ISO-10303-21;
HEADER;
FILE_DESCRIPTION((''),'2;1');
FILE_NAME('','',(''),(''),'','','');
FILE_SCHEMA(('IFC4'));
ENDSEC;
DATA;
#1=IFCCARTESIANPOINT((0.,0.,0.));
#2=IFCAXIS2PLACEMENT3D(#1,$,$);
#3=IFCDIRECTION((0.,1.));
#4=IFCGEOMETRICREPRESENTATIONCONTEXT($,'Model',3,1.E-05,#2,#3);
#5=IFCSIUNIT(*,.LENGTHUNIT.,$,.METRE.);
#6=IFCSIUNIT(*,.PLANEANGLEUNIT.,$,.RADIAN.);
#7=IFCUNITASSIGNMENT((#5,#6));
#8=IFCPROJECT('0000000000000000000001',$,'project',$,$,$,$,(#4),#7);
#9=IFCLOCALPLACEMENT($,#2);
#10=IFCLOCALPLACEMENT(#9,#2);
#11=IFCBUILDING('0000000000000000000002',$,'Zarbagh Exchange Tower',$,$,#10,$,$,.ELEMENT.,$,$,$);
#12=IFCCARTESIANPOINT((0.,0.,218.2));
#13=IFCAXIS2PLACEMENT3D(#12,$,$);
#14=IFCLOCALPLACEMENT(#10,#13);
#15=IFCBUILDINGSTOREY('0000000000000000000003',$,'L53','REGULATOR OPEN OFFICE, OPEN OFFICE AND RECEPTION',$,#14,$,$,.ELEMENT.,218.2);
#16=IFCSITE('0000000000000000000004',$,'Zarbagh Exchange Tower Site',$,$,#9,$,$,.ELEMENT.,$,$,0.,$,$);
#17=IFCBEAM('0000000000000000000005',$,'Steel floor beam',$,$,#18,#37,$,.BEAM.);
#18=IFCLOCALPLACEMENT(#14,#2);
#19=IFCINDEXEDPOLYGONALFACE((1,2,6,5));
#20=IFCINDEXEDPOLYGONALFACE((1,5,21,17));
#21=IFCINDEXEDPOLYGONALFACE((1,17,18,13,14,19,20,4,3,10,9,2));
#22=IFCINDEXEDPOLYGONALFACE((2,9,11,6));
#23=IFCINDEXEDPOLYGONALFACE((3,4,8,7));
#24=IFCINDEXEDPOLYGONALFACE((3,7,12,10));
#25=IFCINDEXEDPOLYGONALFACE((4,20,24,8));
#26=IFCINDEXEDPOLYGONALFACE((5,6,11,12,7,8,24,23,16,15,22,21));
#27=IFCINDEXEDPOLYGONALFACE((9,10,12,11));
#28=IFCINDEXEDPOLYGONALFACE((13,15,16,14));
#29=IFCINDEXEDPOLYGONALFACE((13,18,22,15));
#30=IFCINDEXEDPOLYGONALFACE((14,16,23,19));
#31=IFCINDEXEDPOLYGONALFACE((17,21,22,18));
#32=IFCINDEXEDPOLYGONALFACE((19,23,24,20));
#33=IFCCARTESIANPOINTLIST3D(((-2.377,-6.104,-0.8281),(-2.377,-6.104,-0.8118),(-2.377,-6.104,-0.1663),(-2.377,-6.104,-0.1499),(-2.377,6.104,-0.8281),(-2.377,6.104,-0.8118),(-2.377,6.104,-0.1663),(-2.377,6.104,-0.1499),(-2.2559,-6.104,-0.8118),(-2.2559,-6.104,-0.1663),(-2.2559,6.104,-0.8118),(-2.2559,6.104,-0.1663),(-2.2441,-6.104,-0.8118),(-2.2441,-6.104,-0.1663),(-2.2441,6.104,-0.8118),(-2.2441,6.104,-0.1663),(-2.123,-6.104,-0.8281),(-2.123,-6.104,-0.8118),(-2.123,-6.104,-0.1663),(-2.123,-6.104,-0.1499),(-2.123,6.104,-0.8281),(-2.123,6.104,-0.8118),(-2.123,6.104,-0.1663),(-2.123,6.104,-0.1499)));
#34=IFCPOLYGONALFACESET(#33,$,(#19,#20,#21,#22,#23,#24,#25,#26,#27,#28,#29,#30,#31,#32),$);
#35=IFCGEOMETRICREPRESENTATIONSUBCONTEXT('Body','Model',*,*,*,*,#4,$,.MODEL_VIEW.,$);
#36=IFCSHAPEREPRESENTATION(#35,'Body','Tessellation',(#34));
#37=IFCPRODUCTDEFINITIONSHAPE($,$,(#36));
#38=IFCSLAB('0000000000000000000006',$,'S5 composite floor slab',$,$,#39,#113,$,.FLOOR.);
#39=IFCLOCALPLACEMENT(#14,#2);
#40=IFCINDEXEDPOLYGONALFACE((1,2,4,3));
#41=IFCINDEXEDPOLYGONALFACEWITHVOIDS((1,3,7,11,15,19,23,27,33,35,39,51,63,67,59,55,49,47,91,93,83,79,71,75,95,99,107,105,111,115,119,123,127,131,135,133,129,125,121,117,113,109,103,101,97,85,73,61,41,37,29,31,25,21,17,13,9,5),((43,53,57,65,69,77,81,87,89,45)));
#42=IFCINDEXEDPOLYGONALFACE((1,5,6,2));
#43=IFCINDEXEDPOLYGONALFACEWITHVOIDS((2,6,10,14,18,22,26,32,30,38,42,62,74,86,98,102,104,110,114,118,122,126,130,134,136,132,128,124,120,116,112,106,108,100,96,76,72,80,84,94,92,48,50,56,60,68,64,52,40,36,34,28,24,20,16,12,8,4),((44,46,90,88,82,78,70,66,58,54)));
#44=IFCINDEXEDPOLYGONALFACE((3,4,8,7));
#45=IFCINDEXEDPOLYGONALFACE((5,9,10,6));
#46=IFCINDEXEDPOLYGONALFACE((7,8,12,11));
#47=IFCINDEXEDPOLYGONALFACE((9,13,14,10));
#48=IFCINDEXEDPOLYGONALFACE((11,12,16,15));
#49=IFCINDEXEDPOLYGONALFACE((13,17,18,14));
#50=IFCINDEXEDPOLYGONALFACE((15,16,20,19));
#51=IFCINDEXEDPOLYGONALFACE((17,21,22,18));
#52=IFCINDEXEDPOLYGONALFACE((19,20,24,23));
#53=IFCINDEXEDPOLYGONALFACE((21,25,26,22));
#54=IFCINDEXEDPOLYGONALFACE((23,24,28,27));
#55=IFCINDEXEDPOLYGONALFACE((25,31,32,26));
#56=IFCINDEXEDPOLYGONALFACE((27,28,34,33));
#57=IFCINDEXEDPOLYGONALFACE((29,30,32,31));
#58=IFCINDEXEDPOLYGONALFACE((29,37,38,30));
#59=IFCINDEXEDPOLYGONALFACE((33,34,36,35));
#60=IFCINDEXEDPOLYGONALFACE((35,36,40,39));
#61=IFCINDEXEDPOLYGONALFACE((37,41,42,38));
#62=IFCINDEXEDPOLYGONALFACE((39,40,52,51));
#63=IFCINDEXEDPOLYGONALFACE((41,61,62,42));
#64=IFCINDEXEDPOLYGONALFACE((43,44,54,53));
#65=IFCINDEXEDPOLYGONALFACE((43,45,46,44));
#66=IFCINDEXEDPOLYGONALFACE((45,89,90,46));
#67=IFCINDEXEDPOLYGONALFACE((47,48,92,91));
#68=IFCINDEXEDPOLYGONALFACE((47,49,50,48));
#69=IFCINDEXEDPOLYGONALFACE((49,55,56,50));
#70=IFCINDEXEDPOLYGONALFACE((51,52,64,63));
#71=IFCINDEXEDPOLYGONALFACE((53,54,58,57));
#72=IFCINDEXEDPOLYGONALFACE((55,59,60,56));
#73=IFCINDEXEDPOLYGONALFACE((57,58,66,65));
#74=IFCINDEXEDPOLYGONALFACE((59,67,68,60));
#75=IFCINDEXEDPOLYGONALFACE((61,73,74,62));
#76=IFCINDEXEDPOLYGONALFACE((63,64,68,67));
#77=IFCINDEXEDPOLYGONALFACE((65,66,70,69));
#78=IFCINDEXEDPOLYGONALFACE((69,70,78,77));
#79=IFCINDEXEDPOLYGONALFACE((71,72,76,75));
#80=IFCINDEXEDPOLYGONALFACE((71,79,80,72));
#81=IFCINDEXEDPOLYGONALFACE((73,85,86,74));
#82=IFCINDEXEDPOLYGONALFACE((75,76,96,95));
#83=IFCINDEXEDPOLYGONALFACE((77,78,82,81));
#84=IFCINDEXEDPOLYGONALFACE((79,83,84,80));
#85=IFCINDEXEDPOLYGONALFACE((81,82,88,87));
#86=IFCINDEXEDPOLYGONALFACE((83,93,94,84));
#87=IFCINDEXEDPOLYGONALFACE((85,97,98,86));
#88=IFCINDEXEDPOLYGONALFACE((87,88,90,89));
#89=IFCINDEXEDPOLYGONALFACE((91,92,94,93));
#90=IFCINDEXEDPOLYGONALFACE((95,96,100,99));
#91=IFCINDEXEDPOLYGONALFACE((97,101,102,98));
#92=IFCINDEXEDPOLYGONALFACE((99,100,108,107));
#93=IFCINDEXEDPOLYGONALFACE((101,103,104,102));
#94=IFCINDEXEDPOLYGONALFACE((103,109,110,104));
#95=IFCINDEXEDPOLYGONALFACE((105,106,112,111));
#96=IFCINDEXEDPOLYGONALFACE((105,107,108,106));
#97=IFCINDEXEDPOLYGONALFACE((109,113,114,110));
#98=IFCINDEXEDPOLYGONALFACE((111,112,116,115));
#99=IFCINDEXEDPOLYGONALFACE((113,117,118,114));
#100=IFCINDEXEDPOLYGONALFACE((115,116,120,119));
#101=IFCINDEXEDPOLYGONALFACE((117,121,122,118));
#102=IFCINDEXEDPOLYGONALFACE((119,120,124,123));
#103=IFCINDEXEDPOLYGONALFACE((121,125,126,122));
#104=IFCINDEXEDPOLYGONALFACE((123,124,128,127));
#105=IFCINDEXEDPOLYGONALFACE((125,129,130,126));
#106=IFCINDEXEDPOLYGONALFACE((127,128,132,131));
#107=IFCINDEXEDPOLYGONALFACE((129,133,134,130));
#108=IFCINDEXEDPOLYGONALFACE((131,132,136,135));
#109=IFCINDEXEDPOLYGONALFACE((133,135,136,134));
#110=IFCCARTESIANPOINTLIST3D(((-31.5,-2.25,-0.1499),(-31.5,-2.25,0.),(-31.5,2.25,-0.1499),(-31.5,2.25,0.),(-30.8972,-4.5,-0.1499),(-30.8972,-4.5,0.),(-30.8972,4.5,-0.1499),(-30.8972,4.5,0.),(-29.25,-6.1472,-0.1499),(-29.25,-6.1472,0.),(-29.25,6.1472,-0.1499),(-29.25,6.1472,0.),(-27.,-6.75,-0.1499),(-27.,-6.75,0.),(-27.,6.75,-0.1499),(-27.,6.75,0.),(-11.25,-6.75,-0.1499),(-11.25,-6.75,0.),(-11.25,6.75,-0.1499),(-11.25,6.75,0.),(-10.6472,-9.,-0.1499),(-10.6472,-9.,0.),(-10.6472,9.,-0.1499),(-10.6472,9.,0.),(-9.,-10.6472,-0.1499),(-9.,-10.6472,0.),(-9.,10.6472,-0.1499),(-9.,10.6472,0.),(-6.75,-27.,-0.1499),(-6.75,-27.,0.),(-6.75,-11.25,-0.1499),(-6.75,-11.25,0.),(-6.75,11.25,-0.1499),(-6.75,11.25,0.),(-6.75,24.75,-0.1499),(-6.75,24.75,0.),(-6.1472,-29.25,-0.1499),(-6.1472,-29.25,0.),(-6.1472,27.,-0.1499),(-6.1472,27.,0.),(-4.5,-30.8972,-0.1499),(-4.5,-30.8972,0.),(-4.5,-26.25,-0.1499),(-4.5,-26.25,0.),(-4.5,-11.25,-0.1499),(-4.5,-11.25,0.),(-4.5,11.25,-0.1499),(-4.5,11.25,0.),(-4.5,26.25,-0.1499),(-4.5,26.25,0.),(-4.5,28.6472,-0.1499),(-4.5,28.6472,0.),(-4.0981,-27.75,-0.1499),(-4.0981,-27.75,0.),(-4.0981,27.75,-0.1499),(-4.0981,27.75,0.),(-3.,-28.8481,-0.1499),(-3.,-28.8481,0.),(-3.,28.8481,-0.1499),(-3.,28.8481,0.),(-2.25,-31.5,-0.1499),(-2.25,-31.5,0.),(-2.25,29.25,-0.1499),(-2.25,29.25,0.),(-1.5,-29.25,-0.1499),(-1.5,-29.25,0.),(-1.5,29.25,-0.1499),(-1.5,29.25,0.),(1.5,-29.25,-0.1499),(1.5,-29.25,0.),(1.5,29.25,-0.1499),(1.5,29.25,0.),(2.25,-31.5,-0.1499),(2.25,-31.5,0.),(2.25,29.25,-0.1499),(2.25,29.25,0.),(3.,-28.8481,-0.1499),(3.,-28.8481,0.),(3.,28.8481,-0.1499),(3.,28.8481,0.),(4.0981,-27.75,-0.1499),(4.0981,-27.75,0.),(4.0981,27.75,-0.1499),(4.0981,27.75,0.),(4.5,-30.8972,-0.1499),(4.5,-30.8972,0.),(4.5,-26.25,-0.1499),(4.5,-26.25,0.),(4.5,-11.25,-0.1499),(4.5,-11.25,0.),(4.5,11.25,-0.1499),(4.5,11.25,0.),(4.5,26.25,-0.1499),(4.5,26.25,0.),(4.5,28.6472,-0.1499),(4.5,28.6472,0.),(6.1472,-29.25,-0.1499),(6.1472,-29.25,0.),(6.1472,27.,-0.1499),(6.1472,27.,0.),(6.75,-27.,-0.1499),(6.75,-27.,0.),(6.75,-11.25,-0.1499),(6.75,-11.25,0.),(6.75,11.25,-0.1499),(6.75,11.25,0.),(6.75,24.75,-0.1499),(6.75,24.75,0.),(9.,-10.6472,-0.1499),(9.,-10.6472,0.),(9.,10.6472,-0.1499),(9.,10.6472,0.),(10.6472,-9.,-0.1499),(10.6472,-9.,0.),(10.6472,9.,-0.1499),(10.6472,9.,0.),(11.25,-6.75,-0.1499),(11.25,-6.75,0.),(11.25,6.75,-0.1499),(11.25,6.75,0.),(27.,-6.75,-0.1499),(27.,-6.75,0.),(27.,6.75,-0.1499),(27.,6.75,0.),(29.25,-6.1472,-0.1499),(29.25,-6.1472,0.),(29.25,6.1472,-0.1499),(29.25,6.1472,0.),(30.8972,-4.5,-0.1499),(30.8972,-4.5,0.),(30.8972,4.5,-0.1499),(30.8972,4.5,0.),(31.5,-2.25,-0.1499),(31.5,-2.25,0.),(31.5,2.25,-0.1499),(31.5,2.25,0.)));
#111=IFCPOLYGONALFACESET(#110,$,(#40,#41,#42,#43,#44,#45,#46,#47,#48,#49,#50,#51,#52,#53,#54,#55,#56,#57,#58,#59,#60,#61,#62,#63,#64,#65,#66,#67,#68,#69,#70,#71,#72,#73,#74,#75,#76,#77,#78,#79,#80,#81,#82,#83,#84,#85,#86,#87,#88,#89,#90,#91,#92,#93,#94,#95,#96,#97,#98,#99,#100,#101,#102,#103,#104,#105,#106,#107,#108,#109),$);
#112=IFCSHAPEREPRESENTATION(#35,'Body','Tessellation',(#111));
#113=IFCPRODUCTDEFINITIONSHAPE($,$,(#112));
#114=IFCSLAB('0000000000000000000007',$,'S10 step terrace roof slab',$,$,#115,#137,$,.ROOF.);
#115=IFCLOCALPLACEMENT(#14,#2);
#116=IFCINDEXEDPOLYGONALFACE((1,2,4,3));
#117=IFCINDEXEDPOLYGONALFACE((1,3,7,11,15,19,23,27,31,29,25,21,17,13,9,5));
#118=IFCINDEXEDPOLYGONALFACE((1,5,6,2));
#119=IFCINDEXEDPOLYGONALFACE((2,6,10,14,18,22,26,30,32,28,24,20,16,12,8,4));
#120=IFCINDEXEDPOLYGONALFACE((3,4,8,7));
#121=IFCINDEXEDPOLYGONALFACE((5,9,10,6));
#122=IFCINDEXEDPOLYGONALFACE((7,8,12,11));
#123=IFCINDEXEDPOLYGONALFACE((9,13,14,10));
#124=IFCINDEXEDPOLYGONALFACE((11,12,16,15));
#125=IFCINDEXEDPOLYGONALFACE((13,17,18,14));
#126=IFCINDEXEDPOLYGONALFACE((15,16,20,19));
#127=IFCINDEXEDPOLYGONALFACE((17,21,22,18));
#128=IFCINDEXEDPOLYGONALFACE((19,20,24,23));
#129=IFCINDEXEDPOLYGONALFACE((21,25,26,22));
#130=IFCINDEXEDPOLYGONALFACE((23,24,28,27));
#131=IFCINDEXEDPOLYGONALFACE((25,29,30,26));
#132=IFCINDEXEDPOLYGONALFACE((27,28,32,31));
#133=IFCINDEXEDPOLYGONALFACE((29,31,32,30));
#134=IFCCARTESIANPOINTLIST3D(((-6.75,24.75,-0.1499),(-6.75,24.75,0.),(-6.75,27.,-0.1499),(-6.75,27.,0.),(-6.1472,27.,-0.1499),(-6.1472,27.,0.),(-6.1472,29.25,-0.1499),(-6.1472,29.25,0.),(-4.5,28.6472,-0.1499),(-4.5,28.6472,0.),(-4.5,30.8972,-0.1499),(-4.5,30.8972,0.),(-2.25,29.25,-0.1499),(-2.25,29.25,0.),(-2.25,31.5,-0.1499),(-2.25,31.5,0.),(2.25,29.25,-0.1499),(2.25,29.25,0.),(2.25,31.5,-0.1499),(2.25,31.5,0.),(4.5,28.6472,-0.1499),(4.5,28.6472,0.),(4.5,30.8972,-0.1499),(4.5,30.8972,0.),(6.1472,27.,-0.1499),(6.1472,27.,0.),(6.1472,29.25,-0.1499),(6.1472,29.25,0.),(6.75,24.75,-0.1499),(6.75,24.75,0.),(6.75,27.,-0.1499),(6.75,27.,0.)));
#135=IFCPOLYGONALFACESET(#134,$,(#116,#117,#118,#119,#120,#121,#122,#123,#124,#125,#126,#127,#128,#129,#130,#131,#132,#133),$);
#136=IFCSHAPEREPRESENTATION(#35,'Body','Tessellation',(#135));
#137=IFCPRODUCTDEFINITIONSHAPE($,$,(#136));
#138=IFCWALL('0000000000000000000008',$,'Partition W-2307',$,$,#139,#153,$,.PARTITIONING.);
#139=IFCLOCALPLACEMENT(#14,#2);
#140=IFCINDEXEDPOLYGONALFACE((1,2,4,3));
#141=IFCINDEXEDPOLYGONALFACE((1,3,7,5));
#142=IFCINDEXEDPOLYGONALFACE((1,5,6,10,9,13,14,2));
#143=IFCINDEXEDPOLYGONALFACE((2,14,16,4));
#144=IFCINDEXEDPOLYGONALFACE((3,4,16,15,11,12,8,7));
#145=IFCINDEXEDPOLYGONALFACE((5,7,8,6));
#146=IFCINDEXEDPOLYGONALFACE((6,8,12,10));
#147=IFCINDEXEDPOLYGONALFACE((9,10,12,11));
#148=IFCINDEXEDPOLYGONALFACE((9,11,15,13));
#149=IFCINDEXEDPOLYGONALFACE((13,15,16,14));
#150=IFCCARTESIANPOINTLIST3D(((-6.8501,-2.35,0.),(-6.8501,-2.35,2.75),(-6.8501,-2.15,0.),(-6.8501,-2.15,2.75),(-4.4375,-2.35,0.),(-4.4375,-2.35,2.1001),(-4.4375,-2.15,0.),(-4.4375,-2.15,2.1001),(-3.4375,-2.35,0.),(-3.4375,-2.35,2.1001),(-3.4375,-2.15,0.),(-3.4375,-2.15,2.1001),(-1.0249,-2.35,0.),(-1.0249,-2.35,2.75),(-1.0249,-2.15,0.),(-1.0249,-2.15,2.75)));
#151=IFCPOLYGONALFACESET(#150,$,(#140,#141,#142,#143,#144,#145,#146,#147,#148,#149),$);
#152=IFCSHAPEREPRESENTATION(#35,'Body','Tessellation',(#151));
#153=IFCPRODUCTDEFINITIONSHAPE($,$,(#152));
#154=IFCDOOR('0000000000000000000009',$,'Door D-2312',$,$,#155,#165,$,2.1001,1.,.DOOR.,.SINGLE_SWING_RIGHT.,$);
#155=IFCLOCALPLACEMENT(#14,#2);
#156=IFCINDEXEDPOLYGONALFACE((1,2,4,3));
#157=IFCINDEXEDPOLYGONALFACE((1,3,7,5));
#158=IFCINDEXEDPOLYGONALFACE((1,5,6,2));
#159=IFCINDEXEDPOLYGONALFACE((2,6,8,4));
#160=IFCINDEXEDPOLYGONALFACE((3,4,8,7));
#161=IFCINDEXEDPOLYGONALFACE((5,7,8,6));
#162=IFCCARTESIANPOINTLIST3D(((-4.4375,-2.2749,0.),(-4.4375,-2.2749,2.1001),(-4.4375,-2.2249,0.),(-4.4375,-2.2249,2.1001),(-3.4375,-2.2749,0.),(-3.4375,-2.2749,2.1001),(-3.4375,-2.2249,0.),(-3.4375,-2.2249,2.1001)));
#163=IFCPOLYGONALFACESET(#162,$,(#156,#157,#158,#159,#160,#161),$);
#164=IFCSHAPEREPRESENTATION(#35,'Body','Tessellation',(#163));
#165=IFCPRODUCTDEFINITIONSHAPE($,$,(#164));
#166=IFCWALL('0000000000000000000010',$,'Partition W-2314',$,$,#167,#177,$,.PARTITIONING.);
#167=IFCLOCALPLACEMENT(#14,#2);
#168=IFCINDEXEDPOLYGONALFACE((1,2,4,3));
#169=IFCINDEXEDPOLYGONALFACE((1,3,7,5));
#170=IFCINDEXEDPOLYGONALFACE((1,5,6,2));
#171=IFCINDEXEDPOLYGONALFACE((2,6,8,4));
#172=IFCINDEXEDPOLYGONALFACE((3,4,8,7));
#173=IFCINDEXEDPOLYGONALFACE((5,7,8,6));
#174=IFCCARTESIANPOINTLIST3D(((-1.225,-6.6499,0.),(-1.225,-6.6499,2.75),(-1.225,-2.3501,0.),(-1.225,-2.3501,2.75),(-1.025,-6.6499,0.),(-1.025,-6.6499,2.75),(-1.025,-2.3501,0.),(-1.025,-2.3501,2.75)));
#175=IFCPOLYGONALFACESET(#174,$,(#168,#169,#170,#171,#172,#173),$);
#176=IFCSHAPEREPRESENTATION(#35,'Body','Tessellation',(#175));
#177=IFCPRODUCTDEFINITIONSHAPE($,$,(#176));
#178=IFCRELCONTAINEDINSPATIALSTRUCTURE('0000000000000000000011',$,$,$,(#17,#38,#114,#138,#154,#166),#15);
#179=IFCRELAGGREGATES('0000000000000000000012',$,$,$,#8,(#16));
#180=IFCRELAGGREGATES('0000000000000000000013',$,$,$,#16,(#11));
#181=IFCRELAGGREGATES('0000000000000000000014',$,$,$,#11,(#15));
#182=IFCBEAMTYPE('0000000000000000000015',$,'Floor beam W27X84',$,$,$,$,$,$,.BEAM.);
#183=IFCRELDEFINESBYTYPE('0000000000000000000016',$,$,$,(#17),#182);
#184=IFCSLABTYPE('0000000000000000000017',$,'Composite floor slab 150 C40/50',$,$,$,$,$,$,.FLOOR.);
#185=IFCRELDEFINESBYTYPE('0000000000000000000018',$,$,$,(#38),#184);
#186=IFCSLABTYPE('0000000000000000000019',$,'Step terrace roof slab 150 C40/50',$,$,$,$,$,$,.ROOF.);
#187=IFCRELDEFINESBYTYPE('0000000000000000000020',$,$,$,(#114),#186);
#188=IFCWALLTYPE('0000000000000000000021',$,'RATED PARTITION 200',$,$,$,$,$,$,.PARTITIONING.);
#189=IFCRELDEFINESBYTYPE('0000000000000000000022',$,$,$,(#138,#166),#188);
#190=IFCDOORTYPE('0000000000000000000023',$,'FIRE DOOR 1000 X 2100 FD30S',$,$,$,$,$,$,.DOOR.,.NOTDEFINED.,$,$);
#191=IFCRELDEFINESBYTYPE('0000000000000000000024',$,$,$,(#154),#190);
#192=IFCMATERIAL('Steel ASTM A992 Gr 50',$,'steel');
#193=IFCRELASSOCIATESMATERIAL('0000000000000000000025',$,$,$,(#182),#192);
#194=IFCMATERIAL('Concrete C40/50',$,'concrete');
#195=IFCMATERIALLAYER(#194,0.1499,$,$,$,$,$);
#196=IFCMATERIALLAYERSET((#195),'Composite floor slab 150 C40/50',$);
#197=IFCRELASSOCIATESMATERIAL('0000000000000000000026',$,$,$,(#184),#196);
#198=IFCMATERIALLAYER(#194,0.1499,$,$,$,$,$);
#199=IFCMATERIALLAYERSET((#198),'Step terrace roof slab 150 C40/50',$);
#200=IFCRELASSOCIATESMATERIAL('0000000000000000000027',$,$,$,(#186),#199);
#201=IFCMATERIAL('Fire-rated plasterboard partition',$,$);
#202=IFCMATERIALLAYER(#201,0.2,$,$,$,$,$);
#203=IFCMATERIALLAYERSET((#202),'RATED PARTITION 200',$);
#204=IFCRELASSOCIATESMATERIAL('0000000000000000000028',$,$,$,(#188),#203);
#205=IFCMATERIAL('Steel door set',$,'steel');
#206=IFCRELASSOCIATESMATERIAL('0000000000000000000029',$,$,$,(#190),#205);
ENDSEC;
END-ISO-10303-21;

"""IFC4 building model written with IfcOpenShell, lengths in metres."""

from ifc_helpers import new_model, si_unit, direction, frame, frame_2d, origin, origin_2d, place, context, subcontext, project, spatial, polyline, rectangle, i_section, outline, extrude, material, layer, layer_set, material_profile, profile_set, type_object, element, fill, save


model = new_model("IFC4")

# Units and contexts
model_context = context("Model", 3, precision=1e-05, world=origin(), true_north=direction((0.0, 1.0)))
body_context = subcontext(model_context, "Body", "Model", "MODEL_VIEW")
ifc_project = project(units=[si_unit("LENGTHUNIT", "METRE"), si_unit("PLANEANGLEUNIT", "RADIAN")], contexts=[model_context])

# Site, building, storey
site_placement = place(None, origin())
site = spatial("IfcSite", under=ifc_project, at=site_placement, Name="Zarbagh Exchange Tower Site", CompositionType="ELEMENT", RefElevation=0.0)
building_placement = place(site_placement, origin())
building = spatial("IfcBuilding", under=site, at=building_placement, Name="Zarbagh Exchange Tower", CompositionType="ELEMENT")
storey_placement = place(building_placement, frame((0.0, 0.0, 218.2)))
storey = spatial("IfcBuildingStorey", under=building, at=storey_placement, Name="L53", Description="REGULATOR OPEN OFFICE, OPEN OFFICE AND RECEPTION", CompositionType="ELEMENT", Elevation=218.2)

# Beam
ifc_material_1 = material(Name="Steel ASTM A992 Gr 50", Category="steel")
ifc_material_profile = material_profile(ifc_material_1, i_section(OverallWidth=0.2539, OverallDepth=0.6782, WebThickness=0.0117, FlangeThickness=0.0164, at=origin_2d()), Name="W27X84")
ifc_profile_set = profile_set([ifc_material_profile], Name="Steel ASTM A992 Gr 50")
beam_type = type_object("IfcBeamType", Name="Floor beam W27X84", PredefinedType="BEAM", material=ifc_profile_set)
beam_placement = place(storey_placement, frame((-2.25, -6.104, -0.489), z_axis=(0.0, 1.0, 0.0), x_axis=(-1.0, 0.0, 0.0)))
element("IfcBeam", 1, at=beam_placement, inside=storey, type_object=beam_type, Name="Steel floor beam", PredefinedType="BEAM", context=body_context, shape_type="SweptSolid", body=[
    extrude(i_section(OverallWidth=0.2539, OverallDepth=0.6782, WebThickness=0.0117, FlangeThickness=0.0164, at=origin_2d()), origin(), (0.0, 0.0, 1.0), 12.208),
])

# Slabs
ifc_material_2 = material(Name="Concrete C40/50", Category="concrete")
ifc_layer_1 = layer(ifc_material_2, 0.1499)
ifc_layer_set_1 = layer_set([ifc_layer_1], Name="Composite floor slab 150 C40/50")
slab_type_1 = type_object("IfcSlabType", Name="Composite floor slab 150 C40/50", PredefinedType="FLOOR", material=ifc_layer_set_1)
slab_1_placement = place(storey_placement, frame((0.0, 0.0, -0.1499)))
element("IfcSlab", 2, at=slab_1_placement, inside=storey, type_object=slab_type_1, Name="S5 composite floor slab", PredefinedType="FLOOR", context=body_context, shape_type="SweptSolid", body=[
    extrude(outline(polyline([(-2.25, -31.5), (-4.5, -30.8972), (-6.1472, -29.25), (-6.75, -27.0), (-6.75, -11.25), (-9.0, -10.6472), (-10.6472, -9.0), (-11.25, -6.75), (-27.0, -6.75), (-29.25, -6.1472), (-30.8972, -4.5), (-31.5, -2.25), (-31.5, 2.25), (-30.8972, 4.5), (-29.25, 6.1472), (-27.0, 6.75), (-11.25, 6.75), (-10.6472, 9.0), (-9.0, 10.6472), (-6.75, 11.25), (-6.75, 24.75), (-6.1472, 27.0), (-4.5, 28.6472), (-2.25, 29.25), (-1.5, 29.25), (-3.0, 28.8481), (-4.0981, 27.75), (-4.5, 26.25), (-4.5, 11.25), (4.5, 11.25), (4.5, 26.25), (4.0981, 27.75), (3.0, 28.8481), (1.5, 29.25), (2.25, 29.25), (4.5, 28.6472), (6.1472, 27.0), (6.75, 24.75), (6.75, 11.25), (9.0, 10.6472), (10.6472, 9.0), (11.25, 6.75), (27.0, 6.75), (29.25, 6.1472), (30.8972, 4.5), (31.5, 2.25), (31.5, -2.25), (30.8972, -4.5), (29.25, -6.1472), (27.0, -6.75), (11.25, -6.75), (10.6472, -9.0), (9.0, -10.6472), (6.75, -11.25), (6.75, -27.0), (6.1472, -29.25), (4.5, -30.8972), (2.25, -31.5), (-2.25, -31.5)]), holes=[polyline([(-1.5, -29.25), (1.5, -29.25), (3.0, -28.8481), (4.0981, -27.75), (4.5, -26.25), (4.5, -11.25), (-4.5, -11.25), (-4.5, -26.25), (-4.0981, -27.75), (-3.0, -28.8481), (-1.5, -29.25)])]), origin(), (0.0, 0.0, 1.0), 0.1499),
])
ifc_layer_2 = layer(ifc_material_2, 0.1499)
ifc_layer_set_2 = layer_set([ifc_layer_2], Name="Step terrace roof slab 150 C40/50")
slab_type_2 = type_object("IfcSlabType", Name="Step terrace roof slab 150 C40/50", PredefinedType="ROOF", material=ifc_layer_set_2)
slab_2_placement = place(storey_placement, frame((0.0, 0.0, -0.1499)))
element("IfcSlab", 3, at=slab_2_placement, inside=storey, type_object=slab_type_2, Name="S10 step terrace roof slab", PredefinedType="ROOF", context=body_context, shape_type="SweptSolid", body=[
    extrude(outline(polyline([(-6.75, 27.0), (-6.1472, 29.25), (-4.5, 30.8972), (-2.25, 31.5), (2.25, 31.5), (4.5, 30.8972), (6.1472, 29.25), (6.75, 27.0), (6.75, 24.75), (6.1472, 27.0), (4.5, 28.6472), (2.25, 29.25), (-2.25, 29.25), (-4.5, 28.6472), (-6.1472, 27.0), (-6.75, 24.75), (-6.75, 27.0)])), origin(), (0.0, 0.0, 1.0), 0.1499),
])

# Wall, opening, door
ifc_material_3 = material(Name="Fire-rated plasterboard partition")
ifc_layer_3 = layer(ifc_material_3, 0.2)
ifc_layer_set_3 = layer_set([ifc_layer_3], Name="RATED PARTITION 200")
wall_type_1 = type_object("IfcWallType", Name="RATED PARTITION 200", PredefinedType="PARTITIONING", material=ifc_layer_set_3)
wall_1_placement = place(storey_placement, frame((-1.0249, -2.25, 0.0), z_axis=(0.0, 0.0, 1.0), x_axis=(-1.0, 0.0, 0.0)))
wall_1 = element("IfcWall", 4, at=wall_1_placement, inside=storey, type_object=wall_type_1, Name="Partition W-2307", PredefinedType="PARTITIONING", context=body_context, shape_type="SweptSolid", body=[
    extrude(rectangle(XDim=5.8252, YDim=0.2, at=frame_2d((2.9126, 0.0))), origin(), (0.0, 0.0, 1.0), 2.75),
])
opening_1_placement = place(wall_1_placement, frame((2.4126, 0.0, 0.0)))
opening_1 = element("IfcOpeningElement", 5, at=opening_1_placement, cuts=wall_1, PredefinedType="OPENING", context=body_context, shape_type="SweptSolid", body=[
    extrude(rectangle(XDim=1.0, YDim=2.1001, at=frame_2d((0.5, 1.05))), frame((0.0, 0.1099, 0.0), z_axis=(0.0, -1.0, 0.0), x_axis=(1.0, 0.0, 0.0)), (0.0, 0.0, 1.0), 0.22),
])
ifc_material_4 = material(Name="Steel door set", Category="steel")
door_type_1 = type_object("IfcDoorType", Name="FIRE DOOR 1000 X 2100 FD30S", OperationType="NOTDEFINED", PredefinedType="DOOR", material=ifc_material_4)
door_1_placement = place(opening_1_placement, origin())
door_1 = element("IfcDoor", 6, at=door_1_placement, inside=storey, type_object=door_type_1, Name="Door D-2312", OperationType="SINGLE_SWING_RIGHT", OverallHeight=2.1001, OverallWidth=1.0, PredefinedType="DOOR", context=body_context, shape_type="SweptSolid", body=[
    extrude(rectangle(XDim=1.0, YDim=2.1001, at=frame_2d((0.5, 1.05))), frame((0.0, 0.0249, 0.0), z_axis=(0.0, -1.0, 0.0), x_axis=(1.0, 0.0, 0.0)), (0.0, 0.0, 1.0), 0.05),
])
fill(opening_1, door_1)

# Wall
wall_2_placement = place(storey_placement, frame((-1.125, -6.6499, 0.0), z_axis=(0.0, 0.0, 1.0), x_axis=(0.0, 1.0, 0.0)))
element("IfcWall", 7, at=wall_2_placement, inside=storey, type_object=wall_type_1, Name="Partition W-2314", PredefinedType="PARTITIONING", context=body_context, shape_type="SweptSolid", body=[
    extrude(rectangle(XDim=4.2998, YDim=0.2, at=frame_2d((2.1499, 0.0))), origin(), (0.0, 0.0, 1.0), 2.75),
])

save(model, "model.ifc")
